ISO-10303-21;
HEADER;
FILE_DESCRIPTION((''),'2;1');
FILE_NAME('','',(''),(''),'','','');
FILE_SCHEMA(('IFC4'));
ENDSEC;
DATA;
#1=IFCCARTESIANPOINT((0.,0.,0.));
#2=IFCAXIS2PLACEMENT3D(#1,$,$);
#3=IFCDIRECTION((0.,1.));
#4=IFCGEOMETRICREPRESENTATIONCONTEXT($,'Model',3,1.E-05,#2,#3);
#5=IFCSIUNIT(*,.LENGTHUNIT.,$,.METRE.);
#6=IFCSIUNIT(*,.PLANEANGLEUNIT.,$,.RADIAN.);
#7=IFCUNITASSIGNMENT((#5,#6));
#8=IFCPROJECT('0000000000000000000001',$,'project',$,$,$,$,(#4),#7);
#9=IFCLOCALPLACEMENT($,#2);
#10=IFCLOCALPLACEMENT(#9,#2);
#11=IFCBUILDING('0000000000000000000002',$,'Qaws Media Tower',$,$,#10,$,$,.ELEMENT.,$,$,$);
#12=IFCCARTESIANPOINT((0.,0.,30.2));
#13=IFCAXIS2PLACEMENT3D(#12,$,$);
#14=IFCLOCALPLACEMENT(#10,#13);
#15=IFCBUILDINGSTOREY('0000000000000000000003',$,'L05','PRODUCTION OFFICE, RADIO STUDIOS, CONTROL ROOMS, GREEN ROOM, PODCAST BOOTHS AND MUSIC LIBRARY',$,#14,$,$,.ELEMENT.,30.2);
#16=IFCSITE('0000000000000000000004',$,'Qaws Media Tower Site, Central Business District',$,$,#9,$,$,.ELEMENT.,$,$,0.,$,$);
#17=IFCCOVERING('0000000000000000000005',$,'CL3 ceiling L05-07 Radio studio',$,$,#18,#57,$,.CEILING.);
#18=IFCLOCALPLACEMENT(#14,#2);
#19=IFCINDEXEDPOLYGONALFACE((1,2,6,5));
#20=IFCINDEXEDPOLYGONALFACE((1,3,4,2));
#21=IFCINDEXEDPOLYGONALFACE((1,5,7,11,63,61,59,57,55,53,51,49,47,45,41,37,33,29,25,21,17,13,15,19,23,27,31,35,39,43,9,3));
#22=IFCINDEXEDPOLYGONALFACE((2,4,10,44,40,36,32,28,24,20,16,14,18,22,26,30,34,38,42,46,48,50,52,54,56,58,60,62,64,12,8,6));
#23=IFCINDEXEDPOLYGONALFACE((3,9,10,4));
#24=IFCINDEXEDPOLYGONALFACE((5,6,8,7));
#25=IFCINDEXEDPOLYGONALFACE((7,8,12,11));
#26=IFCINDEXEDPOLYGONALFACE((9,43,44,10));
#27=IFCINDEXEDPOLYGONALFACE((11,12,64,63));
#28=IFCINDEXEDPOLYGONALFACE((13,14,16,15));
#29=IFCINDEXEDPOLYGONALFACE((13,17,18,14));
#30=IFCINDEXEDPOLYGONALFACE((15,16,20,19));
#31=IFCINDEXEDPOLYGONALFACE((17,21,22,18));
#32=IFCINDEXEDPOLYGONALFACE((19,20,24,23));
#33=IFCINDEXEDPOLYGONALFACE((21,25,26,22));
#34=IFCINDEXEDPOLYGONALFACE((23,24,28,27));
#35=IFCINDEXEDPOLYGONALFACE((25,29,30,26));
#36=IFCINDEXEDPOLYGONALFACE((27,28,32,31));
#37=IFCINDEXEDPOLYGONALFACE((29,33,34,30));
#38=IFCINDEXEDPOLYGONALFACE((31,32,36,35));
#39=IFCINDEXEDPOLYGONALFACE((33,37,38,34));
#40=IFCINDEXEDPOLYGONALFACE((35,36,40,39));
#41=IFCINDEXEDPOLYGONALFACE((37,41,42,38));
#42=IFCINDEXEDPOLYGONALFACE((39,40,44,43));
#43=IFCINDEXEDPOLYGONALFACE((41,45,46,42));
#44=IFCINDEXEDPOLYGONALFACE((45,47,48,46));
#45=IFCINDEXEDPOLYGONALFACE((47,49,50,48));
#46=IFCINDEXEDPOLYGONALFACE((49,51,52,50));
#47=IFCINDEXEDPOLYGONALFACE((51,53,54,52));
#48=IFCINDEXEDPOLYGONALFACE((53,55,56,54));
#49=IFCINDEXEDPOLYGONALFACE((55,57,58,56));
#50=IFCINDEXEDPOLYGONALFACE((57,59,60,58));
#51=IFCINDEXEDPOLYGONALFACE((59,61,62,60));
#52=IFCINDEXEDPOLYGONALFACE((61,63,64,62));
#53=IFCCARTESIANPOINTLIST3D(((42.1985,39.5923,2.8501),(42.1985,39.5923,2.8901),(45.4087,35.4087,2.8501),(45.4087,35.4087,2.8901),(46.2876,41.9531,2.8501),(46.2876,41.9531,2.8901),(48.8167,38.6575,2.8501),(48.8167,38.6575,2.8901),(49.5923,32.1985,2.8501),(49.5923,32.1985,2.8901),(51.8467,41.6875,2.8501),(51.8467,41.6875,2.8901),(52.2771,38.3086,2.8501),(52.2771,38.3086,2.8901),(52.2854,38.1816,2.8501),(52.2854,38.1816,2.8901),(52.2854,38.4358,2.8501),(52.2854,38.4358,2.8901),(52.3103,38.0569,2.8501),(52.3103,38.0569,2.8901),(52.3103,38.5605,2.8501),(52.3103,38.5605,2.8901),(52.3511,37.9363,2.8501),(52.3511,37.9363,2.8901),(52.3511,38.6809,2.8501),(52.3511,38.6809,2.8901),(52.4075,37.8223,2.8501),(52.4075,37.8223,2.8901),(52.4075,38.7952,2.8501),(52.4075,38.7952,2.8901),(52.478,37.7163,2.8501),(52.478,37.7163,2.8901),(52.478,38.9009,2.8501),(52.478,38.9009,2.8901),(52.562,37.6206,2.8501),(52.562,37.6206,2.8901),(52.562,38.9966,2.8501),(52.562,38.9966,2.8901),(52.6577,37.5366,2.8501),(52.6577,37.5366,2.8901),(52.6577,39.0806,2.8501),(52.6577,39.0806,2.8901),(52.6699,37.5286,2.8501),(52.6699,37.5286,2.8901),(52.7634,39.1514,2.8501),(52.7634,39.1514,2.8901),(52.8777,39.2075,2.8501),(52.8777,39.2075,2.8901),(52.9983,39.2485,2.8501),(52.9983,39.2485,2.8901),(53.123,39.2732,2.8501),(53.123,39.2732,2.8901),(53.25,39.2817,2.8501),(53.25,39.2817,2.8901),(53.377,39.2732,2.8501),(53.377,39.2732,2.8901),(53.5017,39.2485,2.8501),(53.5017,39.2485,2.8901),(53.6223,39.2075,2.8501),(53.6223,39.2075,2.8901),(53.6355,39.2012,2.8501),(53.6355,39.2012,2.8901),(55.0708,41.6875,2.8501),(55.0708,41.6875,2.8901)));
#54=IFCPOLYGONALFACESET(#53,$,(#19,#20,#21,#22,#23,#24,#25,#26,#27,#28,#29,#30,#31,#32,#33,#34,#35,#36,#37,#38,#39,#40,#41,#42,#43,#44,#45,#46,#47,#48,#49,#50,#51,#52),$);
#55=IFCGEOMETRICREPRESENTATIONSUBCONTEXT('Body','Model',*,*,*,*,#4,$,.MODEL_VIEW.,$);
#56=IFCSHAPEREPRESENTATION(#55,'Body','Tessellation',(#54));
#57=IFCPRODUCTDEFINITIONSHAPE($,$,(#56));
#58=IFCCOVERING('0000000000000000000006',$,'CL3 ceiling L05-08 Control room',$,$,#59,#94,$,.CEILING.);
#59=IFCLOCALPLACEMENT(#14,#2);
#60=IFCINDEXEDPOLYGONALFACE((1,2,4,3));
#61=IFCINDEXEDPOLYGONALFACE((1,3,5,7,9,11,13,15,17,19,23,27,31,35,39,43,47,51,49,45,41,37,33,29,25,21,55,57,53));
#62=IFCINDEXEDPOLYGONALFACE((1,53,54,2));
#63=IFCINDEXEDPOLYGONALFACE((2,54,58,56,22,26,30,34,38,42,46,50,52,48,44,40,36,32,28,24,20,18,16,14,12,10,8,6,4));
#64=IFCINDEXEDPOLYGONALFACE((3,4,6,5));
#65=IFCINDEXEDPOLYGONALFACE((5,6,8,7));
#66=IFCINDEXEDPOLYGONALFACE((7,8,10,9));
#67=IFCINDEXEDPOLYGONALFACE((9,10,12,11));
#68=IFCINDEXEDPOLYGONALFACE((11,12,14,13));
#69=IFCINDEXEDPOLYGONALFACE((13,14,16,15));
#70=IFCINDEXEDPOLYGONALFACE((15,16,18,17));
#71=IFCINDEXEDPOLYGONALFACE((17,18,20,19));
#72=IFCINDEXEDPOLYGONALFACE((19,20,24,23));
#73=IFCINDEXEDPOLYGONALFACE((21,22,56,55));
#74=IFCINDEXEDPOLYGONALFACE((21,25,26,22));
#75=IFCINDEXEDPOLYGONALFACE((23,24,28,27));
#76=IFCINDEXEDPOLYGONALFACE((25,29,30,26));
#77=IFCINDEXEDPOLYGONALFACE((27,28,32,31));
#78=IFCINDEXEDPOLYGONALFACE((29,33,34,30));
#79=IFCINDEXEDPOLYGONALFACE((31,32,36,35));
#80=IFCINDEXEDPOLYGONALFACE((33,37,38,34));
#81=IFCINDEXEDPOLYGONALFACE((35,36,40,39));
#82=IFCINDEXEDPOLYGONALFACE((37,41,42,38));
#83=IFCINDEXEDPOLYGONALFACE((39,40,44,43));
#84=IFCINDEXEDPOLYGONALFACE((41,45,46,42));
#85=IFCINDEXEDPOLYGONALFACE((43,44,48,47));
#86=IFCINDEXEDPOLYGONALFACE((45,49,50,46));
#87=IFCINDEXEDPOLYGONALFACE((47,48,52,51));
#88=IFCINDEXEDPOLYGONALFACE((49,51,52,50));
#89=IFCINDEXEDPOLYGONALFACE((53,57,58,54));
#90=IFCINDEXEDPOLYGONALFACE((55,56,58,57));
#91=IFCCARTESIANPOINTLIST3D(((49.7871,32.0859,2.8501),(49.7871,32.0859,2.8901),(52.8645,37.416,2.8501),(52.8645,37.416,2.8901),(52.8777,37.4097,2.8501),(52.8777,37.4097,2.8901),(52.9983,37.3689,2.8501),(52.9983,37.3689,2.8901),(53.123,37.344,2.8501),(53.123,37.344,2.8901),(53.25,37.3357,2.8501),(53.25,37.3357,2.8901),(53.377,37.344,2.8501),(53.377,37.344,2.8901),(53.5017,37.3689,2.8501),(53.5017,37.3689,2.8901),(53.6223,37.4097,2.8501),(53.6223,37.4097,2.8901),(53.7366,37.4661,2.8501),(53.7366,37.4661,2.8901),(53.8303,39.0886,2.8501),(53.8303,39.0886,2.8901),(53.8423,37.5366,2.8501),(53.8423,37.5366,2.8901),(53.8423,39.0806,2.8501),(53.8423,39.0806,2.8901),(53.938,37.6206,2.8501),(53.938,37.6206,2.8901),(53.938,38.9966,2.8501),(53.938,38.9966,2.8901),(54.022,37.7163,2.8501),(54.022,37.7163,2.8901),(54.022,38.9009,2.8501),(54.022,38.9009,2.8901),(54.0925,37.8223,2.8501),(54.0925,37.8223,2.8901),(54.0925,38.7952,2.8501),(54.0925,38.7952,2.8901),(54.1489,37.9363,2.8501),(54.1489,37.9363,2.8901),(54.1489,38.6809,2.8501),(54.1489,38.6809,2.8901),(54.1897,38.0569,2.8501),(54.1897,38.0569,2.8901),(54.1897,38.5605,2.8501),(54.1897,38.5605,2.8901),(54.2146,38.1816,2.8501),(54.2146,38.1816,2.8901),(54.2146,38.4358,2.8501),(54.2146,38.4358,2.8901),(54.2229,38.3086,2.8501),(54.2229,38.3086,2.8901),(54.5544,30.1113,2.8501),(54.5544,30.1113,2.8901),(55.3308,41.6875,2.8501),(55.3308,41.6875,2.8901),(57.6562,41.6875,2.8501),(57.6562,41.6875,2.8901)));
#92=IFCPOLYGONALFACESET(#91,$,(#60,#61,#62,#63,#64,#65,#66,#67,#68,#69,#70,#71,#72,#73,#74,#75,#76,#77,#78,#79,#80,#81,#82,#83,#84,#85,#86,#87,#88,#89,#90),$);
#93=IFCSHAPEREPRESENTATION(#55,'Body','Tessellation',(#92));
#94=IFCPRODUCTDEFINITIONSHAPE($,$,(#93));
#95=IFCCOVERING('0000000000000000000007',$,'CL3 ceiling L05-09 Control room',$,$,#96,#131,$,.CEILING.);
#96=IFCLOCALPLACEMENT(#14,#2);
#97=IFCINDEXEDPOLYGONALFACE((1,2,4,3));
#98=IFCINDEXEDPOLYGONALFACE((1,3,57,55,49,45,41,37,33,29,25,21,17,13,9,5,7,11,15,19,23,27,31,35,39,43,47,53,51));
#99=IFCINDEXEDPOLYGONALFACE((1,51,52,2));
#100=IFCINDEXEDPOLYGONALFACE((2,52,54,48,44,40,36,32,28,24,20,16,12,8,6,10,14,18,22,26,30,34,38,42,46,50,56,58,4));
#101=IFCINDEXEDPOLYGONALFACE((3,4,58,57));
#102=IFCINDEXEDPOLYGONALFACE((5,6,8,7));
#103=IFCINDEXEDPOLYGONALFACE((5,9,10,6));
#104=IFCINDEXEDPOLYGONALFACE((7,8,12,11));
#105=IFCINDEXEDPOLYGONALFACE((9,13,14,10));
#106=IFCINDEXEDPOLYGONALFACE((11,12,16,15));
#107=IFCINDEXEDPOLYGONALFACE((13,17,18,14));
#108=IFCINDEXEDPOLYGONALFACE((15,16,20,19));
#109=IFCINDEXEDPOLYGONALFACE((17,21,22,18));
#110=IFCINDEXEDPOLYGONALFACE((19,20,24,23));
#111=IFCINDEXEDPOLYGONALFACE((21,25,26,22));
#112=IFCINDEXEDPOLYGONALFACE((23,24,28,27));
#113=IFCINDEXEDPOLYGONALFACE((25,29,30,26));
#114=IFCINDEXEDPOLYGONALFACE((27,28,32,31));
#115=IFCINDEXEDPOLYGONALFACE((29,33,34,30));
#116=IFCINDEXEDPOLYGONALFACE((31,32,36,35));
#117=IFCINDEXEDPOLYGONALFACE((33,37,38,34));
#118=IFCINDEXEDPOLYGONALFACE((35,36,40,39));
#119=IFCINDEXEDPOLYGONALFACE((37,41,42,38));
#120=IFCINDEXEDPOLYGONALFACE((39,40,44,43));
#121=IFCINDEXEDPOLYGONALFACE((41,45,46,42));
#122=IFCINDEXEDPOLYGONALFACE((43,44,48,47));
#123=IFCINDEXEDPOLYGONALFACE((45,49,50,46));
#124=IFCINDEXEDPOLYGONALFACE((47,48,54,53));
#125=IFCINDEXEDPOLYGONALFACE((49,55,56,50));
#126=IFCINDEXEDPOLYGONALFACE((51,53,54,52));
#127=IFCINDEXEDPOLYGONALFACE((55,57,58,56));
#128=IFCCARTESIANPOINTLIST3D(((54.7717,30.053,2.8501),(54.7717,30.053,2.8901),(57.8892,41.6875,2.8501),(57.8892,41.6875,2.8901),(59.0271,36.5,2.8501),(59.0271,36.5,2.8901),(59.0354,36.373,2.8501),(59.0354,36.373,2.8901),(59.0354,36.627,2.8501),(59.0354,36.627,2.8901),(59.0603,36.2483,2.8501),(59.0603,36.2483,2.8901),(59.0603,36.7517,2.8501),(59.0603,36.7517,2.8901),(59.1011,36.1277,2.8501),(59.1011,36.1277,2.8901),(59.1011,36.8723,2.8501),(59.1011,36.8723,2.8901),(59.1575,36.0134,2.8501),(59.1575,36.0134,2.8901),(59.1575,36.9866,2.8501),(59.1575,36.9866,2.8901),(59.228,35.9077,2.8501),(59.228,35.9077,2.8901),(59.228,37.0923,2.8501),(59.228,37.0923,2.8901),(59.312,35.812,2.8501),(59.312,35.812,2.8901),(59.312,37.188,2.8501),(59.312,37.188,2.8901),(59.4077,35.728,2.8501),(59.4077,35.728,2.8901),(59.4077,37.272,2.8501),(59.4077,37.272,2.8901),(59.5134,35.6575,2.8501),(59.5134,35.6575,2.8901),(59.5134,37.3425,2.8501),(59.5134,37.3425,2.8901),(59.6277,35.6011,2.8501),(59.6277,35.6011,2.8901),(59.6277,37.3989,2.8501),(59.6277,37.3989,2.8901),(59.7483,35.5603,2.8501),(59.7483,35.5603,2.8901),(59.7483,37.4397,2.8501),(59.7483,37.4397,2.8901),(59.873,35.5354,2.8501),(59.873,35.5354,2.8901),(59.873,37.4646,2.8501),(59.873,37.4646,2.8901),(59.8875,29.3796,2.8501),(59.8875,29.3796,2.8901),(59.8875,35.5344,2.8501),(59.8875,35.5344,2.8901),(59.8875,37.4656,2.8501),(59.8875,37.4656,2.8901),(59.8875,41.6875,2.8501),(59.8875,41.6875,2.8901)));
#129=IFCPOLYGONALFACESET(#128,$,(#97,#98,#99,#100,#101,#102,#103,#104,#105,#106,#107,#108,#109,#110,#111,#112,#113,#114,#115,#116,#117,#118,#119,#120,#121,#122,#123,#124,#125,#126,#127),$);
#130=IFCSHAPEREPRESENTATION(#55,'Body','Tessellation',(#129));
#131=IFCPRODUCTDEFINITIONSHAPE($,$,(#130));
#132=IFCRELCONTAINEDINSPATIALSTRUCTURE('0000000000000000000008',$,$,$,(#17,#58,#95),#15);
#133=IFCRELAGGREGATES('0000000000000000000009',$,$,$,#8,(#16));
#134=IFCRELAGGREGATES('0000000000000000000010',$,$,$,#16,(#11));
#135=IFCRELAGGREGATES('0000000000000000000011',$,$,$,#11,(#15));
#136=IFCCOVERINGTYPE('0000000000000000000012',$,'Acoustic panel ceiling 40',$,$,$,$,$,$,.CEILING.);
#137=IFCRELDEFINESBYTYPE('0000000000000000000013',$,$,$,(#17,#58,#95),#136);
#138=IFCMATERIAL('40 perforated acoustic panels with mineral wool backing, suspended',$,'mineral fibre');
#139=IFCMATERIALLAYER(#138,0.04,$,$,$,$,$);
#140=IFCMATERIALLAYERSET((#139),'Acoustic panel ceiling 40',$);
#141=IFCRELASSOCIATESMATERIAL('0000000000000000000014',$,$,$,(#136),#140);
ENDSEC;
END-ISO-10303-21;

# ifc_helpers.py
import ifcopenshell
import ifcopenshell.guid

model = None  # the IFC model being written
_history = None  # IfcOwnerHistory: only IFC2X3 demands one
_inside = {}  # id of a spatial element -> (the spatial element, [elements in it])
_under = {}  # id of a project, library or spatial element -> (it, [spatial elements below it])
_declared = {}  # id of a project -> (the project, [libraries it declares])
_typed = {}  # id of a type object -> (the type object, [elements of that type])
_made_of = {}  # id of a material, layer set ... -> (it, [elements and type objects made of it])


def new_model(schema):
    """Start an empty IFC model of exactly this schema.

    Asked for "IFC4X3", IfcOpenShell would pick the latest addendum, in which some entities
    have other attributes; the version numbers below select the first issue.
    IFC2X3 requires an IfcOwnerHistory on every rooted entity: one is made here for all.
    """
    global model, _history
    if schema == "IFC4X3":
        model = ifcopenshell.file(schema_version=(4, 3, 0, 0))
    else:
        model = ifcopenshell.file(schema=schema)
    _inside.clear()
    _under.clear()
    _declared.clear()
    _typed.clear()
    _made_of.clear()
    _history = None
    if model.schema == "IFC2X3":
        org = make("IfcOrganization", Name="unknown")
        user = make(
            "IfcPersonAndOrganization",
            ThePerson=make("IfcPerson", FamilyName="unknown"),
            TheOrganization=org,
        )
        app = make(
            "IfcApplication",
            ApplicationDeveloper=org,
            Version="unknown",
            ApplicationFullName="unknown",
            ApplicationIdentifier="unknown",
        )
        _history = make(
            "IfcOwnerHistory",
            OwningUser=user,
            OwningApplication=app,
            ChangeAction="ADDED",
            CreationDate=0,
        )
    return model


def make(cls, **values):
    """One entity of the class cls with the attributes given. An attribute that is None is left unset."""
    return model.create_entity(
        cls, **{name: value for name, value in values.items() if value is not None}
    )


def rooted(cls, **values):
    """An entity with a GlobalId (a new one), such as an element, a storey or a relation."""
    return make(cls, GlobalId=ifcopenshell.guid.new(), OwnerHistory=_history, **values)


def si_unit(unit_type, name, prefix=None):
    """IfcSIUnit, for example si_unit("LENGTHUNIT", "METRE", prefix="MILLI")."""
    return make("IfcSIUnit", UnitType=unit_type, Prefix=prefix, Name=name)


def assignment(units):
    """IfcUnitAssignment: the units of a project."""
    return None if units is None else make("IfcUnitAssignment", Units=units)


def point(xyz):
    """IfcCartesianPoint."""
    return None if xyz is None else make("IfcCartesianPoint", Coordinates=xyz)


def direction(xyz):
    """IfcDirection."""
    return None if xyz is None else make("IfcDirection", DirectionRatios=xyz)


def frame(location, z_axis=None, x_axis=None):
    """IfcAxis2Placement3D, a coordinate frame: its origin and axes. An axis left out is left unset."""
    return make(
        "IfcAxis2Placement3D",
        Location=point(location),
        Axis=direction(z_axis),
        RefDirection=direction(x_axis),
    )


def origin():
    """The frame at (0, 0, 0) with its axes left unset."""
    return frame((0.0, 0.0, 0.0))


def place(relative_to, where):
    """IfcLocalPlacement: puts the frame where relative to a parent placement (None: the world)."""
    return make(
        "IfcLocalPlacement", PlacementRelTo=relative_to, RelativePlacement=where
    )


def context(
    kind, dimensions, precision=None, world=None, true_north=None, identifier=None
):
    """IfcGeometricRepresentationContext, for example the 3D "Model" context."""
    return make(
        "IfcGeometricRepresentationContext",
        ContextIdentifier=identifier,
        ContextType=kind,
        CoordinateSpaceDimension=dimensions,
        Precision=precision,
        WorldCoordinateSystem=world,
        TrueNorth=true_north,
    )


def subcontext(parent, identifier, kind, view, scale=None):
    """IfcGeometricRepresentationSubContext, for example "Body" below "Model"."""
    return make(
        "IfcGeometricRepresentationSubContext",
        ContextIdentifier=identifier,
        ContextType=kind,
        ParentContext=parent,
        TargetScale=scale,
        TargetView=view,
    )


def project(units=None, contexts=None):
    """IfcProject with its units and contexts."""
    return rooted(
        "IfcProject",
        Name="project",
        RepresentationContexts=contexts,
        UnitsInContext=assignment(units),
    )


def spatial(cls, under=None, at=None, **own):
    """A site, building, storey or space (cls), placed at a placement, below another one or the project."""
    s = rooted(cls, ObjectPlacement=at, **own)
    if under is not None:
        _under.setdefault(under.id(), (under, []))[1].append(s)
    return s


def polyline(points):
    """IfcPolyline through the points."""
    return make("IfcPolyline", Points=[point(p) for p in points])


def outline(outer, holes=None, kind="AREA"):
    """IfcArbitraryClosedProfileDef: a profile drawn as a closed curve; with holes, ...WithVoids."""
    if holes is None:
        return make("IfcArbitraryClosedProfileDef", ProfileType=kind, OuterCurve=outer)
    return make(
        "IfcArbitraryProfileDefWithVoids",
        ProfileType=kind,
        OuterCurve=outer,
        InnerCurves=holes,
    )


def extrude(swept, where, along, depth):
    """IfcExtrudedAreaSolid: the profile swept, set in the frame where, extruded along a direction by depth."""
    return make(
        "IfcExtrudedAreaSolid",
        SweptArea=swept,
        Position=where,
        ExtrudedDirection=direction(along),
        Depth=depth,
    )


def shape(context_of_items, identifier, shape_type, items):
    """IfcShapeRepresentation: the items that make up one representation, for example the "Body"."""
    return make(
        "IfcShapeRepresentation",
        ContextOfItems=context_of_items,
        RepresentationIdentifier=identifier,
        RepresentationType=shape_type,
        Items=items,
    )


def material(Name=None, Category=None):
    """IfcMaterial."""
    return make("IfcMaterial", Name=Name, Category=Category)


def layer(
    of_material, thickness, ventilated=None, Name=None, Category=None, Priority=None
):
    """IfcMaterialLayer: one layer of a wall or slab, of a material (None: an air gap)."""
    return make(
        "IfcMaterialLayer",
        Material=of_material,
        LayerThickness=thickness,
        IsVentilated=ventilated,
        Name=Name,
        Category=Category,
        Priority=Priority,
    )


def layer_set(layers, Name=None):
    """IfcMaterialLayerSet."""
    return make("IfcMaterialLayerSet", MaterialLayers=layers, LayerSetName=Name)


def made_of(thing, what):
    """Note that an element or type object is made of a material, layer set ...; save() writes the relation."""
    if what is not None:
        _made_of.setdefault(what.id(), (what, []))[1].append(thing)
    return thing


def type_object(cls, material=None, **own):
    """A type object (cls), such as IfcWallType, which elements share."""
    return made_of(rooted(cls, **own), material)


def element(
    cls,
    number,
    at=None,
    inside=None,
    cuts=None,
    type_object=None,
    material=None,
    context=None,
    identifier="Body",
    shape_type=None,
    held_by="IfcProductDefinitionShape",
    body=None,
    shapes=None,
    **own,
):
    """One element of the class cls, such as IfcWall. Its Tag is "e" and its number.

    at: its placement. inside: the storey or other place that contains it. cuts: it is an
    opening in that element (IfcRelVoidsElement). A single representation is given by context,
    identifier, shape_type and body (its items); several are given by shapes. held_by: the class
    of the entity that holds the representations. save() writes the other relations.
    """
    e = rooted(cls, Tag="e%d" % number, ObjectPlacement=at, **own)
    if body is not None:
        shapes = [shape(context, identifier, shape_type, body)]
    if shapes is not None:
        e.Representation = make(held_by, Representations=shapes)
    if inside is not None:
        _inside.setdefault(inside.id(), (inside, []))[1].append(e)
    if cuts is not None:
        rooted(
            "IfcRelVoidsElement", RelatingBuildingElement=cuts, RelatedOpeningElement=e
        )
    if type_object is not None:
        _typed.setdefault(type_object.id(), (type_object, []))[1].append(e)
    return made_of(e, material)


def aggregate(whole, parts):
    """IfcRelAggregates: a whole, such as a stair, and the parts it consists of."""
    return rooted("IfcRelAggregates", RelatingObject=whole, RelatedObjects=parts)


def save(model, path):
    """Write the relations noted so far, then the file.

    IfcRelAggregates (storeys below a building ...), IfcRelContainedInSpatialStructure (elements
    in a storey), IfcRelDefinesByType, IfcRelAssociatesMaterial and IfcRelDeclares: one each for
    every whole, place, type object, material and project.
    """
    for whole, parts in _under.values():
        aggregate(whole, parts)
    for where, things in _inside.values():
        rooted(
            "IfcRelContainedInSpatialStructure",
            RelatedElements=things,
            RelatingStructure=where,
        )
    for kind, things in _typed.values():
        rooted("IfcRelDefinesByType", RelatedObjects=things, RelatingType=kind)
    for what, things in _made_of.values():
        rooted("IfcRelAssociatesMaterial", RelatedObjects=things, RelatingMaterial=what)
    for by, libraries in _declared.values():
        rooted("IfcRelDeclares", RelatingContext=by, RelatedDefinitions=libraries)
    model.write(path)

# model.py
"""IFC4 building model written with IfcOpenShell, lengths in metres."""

from ifc_helpers import new_model, si_unit, direction, frame, origin, place, context, subcontext, project, spatial, polyline, outline, extrude, material, layer, layer_set, type_object, element, save


model = new_model("IFC4")

# Units and contexts
model_context = context("Model", 3, precision=1e-05, world=origin(), true_north=direction((0.0, 1.0)))
body_context = subcontext(model_context, "Body", "Model", "MODEL_VIEW")
ifc_project = project(units=[si_unit("LENGTHUNIT", "METRE"), si_unit("PLANEANGLEUNIT", "RADIAN")], contexts=[model_context])

# Site, building, storey
site_placement = place(None, origin())
site = spatial("IfcSite", under=ifc_project, at=site_placement, Name="Qaws Media Tower Site, Central Business District", CompositionType="ELEMENT", RefElevation=0.0)
building_placement = place(site_placement, origin())
building = spatial("IfcBuilding", under=site, at=building_placement, Name="Qaws Media Tower", CompositionType="ELEMENT")
storey_placement = place(building_placement, frame((0.0, 0.0, 30.2)))
storey = spatial("IfcBuildingStorey", under=building, at=storey_placement, Name="L05", Description="PRODUCTION OFFICE, RADIO STUDIOS, CONTROL ROOMS, GREEN ROOM, PODCAST BOOTHS AND MUSIC LIBRARY", CompositionType="ELEMENT", Elevation=30.2)

# Coverings
ifc_material_1 = material(Name="40 perforated acoustic panels with mineral wool backing, suspended", Category="mineral fibre")
ifc_layer_1 = layer(ifc_material_1, 0.04)
ifc_layer_set_1 = layer_set([ifc_layer_1], Name="Acoustic panel ceiling 40")
covering_type_1 = type_object("IfcCoveringType", Name="Acoustic panel ceiling 40", PredefinedType="CEILING", material=ifc_layer_set_1)
covering_1_placement = place(storey_placement, frame((0.0, 0.0, 2.8501)))
element("IfcCovering", 1, at=covering_1_placement, inside=storey, type_object=covering_type_1, Name="CL3 ceiling L05-07 Radio studio", PredefinedType="CEILING", context=body_context, shape_type="SweptSolid", body=[
    extrude(outline(polyline([(48.8167, 38.6575), (51.8467, 41.6875), (55.0708, 41.6875), (53.6355, 39.2012), (53.6223, 39.2075), (53.5017, 39.2485), (53.377, 39.2732), (53.25, 39.2817), (53.123, 39.2732), (52.9983, 39.2485), (52.8777, 39.2075), (52.7634, 39.1514), (52.6577, 39.0806), (52.562, 38.9966), (52.478, 38.9009), (52.4075, 38.7952), (52.3511, 38.6809), (52.3103, 38.5605), (52.2854, 38.4358), (52.2771, 38.3086), (52.2854, 38.1816), (52.3103, 38.0569), (52.3511, 37.9363), (52.4075, 37.8223), (52.478, 37.7163), (52.562, 37.6206), (52.6577, 37.5366), (52.6699, 37.5286), (49.5923, 32.1985), (45.4087, 35.4087), (42.1985, 39.5923), (46.2876, 41.9531), (48.8167, 38.6575)])), origin(), (0.0, 0.0, 1.0), 0.04),
])
covering_2_placement = place(storey_placement, frame((0.0, 0.0, 2.8501)))
element("IfcCovering", 2, at=covering_2_placement, inside=storey, type_object=covering_type_1, Name="CL3 ceiling L05-08 Control room", PredefinedType="CEILING", context=body_context, shape_type="SweptSolid", body=[
    extrude(outline(polyline([(49.7871, 32.0859), (52.8645, 37.416), (52.8777, 37.4097), (52.9983, 37.3689), (53.123, 37.344), (53.25, 37.3357), (53.377, 37.344), (53.5017, 37.3689), (53.6223, 37.4097), (53.7366, 37.4661), (53.8423, 37.5366), (53.938, 37.6206), (54.022, 37.7163), (54.0925, 37.8223), (54.1489, 37.9363), (54.1897, 38.0569), (54.2146, 38.1816), (54.2229, 38.3086), (54.2146, 38.4358), (54.1897, 38.5605), (54.1489, 38.6809), (54.0925, 38.7952), (54.022, 38.9009), (53.938, 38.9966), (53.8423, 39.0806), (53.8303, 39.0886), (55.3308, 41.6875), (57.6562, 41.6875), (54.5544, 30.1113), (49.7871, 32.0859)])), origin(), (0.0, 0.0, 1.0), 0.04),
])
covering_3_placement = place(storey_placement, frame((0.0, 0.0, 2.8501)))
element("IfcCovering", 3, at=covering_3_placement, inside=storey, type_object=covering_type_1, Name="CL3 ceiling L05-09 Control room", PredefinedType="CEILING", context=body_context, shape_type="SweptSolid", body=[
    extrude(outline(polyline([(54.7717, 30.053), (57.8892, 41.6875), (59.8875, 41.6875), (59.8875, 37.4656), (59.873, 37.4646), (59.7483, 37.4397), (59.6277, 37.3989), (59.5134, 37.3425), (59.4077, 37.272), (59.312, 37.188), (59.228, 37.0923), (59.1575, 36.9866), (59.1011, 36.8723), (59.0603, 36.7517), (59.0354, 36.627), (59.0271, 36.5), (59.0354, 36.373), (59.0603, 36.2483), (59.1011, 36.1277), (59.1575, 36.0134), (59.228, 35.9077), (59.312, 35.812), (59.4077, 35.728), (59.5134, 35.6575), (59.6277, 35.6011), (59.7483, 35.5603), (59.873, 35.5354), (59.8875, 35.5344), (59.8875, 29.3796), (54.7717, 30.053)])), origin(), (0.0, 0.0, 1.0), 0.04),
])

save(model, "model.ifc")
